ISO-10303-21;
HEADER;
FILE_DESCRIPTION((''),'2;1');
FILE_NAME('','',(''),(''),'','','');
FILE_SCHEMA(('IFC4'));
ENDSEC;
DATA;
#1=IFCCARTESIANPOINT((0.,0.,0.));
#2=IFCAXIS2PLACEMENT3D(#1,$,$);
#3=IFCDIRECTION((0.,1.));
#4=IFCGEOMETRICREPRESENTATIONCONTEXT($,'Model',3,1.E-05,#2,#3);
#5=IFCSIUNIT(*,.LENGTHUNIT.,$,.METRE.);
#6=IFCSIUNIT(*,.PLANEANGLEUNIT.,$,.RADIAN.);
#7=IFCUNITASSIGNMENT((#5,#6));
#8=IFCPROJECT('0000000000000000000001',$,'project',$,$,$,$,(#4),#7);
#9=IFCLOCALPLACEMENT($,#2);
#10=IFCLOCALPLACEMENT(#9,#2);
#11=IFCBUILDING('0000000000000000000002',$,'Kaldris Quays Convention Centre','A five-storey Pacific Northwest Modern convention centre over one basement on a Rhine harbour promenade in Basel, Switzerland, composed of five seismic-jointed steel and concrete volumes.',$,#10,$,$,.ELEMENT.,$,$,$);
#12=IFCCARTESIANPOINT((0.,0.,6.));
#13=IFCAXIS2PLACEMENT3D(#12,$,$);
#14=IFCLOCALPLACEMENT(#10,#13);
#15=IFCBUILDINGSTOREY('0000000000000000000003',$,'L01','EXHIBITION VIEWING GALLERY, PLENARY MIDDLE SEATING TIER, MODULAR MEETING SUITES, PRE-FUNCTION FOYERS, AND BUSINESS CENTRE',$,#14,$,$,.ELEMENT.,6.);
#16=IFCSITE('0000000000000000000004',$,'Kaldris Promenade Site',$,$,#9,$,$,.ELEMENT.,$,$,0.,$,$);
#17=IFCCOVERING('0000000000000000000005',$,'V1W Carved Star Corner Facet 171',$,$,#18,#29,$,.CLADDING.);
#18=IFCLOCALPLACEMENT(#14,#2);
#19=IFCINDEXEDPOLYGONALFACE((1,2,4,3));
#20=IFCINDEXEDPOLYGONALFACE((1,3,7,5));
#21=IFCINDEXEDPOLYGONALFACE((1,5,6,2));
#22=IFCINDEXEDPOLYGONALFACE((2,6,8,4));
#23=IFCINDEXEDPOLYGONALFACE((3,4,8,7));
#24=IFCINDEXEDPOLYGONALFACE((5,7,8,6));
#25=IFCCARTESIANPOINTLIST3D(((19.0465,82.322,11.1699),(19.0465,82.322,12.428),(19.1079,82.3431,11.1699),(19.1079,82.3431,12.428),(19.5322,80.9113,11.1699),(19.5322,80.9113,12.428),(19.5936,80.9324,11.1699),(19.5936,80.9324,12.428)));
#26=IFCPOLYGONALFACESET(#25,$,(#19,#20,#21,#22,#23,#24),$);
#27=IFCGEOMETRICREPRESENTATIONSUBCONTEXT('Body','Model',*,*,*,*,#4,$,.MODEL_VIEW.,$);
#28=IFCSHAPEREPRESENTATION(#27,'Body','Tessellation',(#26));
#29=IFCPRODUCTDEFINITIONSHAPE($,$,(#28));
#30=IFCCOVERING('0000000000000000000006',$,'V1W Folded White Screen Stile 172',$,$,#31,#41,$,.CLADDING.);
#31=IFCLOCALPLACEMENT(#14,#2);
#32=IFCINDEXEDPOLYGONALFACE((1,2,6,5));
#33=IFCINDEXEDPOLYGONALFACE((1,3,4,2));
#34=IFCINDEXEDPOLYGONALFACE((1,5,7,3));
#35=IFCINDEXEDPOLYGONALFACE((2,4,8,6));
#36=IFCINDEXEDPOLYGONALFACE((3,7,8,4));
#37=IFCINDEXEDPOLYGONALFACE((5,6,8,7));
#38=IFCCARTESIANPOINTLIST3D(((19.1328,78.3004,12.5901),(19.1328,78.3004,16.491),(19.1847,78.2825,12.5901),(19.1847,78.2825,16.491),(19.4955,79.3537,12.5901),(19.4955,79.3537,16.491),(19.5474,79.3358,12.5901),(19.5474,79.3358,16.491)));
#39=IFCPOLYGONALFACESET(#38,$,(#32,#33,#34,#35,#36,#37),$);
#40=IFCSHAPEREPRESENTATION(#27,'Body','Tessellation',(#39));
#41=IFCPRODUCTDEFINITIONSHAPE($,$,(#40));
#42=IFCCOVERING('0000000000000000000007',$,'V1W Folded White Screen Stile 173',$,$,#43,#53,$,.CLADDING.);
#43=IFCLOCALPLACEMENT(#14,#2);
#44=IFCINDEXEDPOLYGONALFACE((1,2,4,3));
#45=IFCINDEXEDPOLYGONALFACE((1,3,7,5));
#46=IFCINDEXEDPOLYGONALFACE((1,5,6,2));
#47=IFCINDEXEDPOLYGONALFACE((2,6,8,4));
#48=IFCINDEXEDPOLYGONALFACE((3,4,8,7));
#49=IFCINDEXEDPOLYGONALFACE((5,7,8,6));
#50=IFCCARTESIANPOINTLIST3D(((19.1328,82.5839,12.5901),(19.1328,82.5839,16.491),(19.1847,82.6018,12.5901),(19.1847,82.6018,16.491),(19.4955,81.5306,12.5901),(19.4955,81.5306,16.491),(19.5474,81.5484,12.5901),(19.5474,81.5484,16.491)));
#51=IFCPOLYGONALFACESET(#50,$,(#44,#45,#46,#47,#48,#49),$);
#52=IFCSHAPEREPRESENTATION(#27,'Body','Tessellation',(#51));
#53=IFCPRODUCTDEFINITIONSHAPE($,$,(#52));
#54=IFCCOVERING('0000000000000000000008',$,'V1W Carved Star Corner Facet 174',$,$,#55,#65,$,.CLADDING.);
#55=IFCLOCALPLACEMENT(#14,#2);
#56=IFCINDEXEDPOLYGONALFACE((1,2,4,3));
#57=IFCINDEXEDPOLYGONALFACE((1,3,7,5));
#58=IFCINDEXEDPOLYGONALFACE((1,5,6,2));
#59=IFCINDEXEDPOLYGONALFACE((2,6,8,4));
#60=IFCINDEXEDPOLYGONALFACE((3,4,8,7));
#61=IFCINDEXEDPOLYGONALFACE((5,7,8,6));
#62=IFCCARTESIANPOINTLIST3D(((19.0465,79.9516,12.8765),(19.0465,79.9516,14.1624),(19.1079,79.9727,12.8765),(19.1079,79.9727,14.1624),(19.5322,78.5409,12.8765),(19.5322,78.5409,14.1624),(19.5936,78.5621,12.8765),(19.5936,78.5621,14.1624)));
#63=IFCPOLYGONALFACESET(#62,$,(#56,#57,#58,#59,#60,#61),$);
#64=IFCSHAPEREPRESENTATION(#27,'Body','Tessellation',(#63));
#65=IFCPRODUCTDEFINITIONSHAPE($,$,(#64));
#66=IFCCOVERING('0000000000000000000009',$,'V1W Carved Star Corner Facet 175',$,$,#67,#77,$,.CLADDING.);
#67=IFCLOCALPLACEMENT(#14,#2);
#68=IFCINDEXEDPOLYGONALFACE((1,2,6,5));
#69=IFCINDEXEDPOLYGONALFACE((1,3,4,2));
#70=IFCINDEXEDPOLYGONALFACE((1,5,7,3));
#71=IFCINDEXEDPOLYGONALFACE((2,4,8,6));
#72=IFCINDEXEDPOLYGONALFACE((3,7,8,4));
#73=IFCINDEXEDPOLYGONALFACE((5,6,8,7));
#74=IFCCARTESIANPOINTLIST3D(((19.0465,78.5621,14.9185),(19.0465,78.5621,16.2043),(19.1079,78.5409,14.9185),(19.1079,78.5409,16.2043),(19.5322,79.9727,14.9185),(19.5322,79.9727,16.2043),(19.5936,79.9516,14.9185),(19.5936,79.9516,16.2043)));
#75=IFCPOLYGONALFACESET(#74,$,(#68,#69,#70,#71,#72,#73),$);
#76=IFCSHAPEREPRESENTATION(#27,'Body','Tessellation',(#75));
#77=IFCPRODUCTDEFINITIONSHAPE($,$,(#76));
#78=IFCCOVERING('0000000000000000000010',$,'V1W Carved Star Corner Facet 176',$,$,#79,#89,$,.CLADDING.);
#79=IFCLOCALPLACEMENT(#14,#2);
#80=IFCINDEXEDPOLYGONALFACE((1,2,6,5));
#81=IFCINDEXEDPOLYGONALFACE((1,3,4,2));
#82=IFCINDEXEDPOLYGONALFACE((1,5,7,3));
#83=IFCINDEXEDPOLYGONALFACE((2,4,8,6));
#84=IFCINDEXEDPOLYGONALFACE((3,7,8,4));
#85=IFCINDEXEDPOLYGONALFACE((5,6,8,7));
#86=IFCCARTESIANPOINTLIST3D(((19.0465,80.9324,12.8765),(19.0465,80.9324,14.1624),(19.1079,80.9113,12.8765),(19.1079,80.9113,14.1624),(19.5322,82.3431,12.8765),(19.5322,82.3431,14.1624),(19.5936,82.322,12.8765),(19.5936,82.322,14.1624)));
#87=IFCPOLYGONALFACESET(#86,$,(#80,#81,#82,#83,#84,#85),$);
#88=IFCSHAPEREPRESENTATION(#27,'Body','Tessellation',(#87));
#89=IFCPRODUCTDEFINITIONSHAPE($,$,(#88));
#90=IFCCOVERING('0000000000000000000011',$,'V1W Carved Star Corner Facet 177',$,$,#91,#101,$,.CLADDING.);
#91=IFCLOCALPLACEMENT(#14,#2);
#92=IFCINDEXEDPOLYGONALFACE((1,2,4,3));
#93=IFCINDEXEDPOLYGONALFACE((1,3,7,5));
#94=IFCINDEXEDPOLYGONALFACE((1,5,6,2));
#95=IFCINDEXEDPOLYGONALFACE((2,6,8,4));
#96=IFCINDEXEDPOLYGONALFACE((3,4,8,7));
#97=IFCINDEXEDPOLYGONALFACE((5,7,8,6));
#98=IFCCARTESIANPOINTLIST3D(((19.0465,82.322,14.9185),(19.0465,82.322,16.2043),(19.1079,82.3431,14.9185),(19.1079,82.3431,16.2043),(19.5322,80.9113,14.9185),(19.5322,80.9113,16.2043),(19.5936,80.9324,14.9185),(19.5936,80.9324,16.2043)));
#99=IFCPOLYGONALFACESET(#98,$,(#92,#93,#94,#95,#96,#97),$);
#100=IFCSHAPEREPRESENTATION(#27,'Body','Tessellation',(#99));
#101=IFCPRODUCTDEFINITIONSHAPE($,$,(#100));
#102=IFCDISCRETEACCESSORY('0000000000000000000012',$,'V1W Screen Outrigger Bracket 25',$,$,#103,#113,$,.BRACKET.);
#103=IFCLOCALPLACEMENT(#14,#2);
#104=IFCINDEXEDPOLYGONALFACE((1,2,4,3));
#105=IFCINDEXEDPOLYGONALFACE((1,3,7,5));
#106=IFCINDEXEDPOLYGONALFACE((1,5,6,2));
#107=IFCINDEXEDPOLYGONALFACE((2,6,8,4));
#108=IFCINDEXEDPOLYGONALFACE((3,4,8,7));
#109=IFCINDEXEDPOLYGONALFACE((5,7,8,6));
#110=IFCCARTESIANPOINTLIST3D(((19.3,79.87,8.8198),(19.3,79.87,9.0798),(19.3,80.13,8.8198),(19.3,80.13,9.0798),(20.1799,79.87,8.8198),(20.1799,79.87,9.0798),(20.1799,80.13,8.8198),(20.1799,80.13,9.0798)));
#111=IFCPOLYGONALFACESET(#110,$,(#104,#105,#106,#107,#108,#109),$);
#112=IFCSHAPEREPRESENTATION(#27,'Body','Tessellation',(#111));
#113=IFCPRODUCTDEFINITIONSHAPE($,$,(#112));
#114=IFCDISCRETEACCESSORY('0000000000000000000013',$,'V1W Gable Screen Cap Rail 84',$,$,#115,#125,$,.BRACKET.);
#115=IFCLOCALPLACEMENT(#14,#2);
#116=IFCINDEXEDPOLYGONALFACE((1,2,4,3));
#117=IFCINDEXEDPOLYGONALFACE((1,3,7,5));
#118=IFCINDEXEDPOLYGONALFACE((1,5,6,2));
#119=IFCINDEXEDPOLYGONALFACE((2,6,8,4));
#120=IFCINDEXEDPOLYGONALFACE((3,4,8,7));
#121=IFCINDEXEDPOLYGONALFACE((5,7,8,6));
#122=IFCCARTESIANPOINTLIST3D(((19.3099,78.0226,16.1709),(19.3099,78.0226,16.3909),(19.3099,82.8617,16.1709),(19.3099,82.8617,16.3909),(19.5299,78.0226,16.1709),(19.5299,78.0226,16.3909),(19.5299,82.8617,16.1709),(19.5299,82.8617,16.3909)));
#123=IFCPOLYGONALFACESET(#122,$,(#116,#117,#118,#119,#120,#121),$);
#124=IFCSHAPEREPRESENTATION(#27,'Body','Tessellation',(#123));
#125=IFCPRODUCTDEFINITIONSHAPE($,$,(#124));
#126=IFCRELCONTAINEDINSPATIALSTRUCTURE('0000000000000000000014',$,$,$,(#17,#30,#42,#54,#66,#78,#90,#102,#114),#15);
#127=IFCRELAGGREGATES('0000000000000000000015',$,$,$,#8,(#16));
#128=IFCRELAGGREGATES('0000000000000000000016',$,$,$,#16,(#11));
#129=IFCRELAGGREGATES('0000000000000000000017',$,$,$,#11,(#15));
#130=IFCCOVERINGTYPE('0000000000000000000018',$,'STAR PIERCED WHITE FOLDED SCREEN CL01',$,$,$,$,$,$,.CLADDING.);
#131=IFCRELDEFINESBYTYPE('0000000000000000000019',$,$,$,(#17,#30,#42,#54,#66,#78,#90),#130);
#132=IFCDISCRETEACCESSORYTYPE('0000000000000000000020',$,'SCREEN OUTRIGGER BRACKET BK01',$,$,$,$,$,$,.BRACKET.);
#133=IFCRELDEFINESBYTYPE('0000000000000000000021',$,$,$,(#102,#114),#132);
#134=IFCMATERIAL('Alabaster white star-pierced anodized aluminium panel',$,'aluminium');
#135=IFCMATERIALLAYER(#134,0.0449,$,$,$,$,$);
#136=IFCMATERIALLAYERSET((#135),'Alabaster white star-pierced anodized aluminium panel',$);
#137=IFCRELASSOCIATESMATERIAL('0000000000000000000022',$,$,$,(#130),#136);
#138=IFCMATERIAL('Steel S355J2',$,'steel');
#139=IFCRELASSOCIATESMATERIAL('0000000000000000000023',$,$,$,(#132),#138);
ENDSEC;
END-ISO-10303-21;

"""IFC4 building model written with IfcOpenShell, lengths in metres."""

from ifc_helpers import new_model, si_unit, direction, frame, origin, origin_2d, place, context, subcontext, project, spatial, rectangle, extrude, material, layer, layer_set, type_object, element, save


model = new_model("IFC4")

# Units and contexts
model_context = context("Model", 3, precision=1e-05, world=origin(), true_north=direction((0.0, 1.0)))
body_context = subcontext(model_context, "Body", "Model", "MODEL_VIEW")
ifc_project = project(units=[si_unit("LENGTHUNIT", "METRE"), si_unit("PLANEANGLEUNIT", "RADIAN")], contexts=[model_context])

# Site, building, storey
site_placement = place(None, origin())
site = spatial("IfcSite", under=ifc_project, at=site_placement, Name="Kaldris Promenade Site", CompositionType="ELEMENT", RefElevation=0.0)
building_placement = place(site_placement, origin())
building = spatial("IfcBuilding", under=site, at=building_placement, Name="Kaldris Quays Convention Centre", Description="A five-storey Pacific Northwest Modern convention centre over one basement on a Rhine harbour promenade in Basel, Switzerland, composed of five seismic-jointed steel and concrete volumes.", CompositionType="ELEMENT")
storey_placement = place(building_placement, frame((0.0, 0.0, 6.0)))
storey = spatial("IfcBuildingStorey", under=building, at=storey_placement, Name="L01", Description="EXHIBITION VIEWING GALLERY, PLENARY MIDDLE SEATING TIER, MODULAR MEETING SUITES, PRE-FUNCTION FOYERS, AND BUSINESS CENTRE", CompositionType="ELEMENT", Elevation=6.0)

# Coverings
ifc_material_1 = material(Name="Alabaster white star-pierced anodized aluminium panel", Category="aluminium")
ifc_layer = layer(ifc_material_1, 0.0449)
ifc_layer_set = layer_set([ifc_layer], Name="Alabaster white star-pierced anodized aluminium panel")
covering_type = type_object("IfcCoveringType", Name="STAR PIERCED WHITE FOLDED SCREEN CL01", PredefinedType="CLADDING", material=ifc_layer_set)
for number, where, z_axis, x_axis, name in (
    (1, (19.3201, 81.6272, 11.1699), (0.0, 0.0, 1.0), (-0.325568, 0.945519, 0.0), "V1W Carved Star Corner Facet 171"),
):
    element("IfcCovering", number, at=place(storey_placement, frame(where, z_axis=z_axis, x_axis=x_axis)), inside=storey, type_object=covering_type, Name=name, PredefinedType="CLADDING", context=body_context, shape_type="SweptSolid", body=[
        extrude(rectangle(XDim=1.4919, YDim=0.0649, at=origin_2d()), origin(), (0.0, 0.0, 1.0), 1.2581),
    ])
for number, where, z_axis, x_axis, name in (
    (2, (19.3401, 78.8181, 12.5901), (0.0, 0.0, 1.0), (0.325568, 0.945519, 0.0), "V1W Folded White Screen Stile 172"),
    (3, (19.3401, 82.0662, 12.5901), (0.0, 0.0, 1.0), (-0.325568, 0.945519, 0.0), "V1W Folded White Screen Stile 173"),
):
    element("IfcCovering", number, at=place(storey_placement, frame(where, z_axis=z_axis, x_axis=x_axis)), inside=storey, type_object=covering_type, Name=name, PredefinedType="CLADDING", context=body_context, shape_type="SweptSolid", body=[
        extrude(rectangle(XDim=1.114, YDim=0.0549, at=origin_2d()), origin(), (0.0, 0.0, 1.0), 3.9009),
    ])
for number, where, z_axis, x_axis, name in (
    (4, (19.3201, 79.2568, 12.8765), (0.0, 0.0, 1.0), (-0.325568, 0.945519, 0.0), "V1W Carved Star Corner Facet 174"),
    (5, (19.3201, 79.2568, 14.9185), (0.0, 0.0, 1.0), (0.325568, 0.945519, 0.0), "V1W Carved Star Corner Facet 175"),
    (6, (19.3201, 81.6272, 12.8765), (0.0, 0.0, 1.0), (0.325568, 0.945519, 0.0), "V1W Carved Star Corner Facet 176"),
    (7, (19.3201, 81.6272, 14.9185), (0.0, 0.0, 1.0), (-0.325568, 0.945519, 0.0), "V1W Carved Star Corner Facet 177"),
):
    element("IfcCovering", number, at=place(storey_placement, frame(where, z_axis=z_axis, x_axis=x_axis)), inside=storey, type_object=covering_type, Name=name, PredefinedType="CLADDING", context=body_context, shape_type="SweptSolid", body=[
        extrude(rectangle(XDim=1.4919, YDim=0.0649, at=origin_2d()), origin(), (0.0, 0.0, 1.0), 1.2859),
    ])

# Discrete accessories
ifc_material_2 = material(Name="Steel S355J2", Category="steel")
discrete_accessory_type = type_object("IfcDiscreteAccessoryType", Name="SCREEN OUTRIGGER BRACKET BK01", PredefinedType="BRACKET", material=ifc_material_2)
discrete_accessory_1_placement = place(storey_placement, frame((19.74, 80.0, 8.8198), z_axis=(0.0, 0.0, 1.0), x_axis=(0.0, 1.0, 0.0)))
element("IfcDiscreteAccessory", 8, at=discrete_accessory_1_placement, inside=storey, type_object=discrete_accessory_type, Name="V1W Screen Outrigger Bracket 25", PredefinedType="BRACKET", context=body_context, shape_type="SweptSolid", body=[
    extrude(rectangle(XDim=0.26, YDim=0.8799, at=origin_2d()), origin(), (0.0, 0.0, 1.0), 0.26),
])
discrete_accessory_2_placement = place(storey_placement, frame((19.4199, 80.4421, 16.1709), z_axis=(0.0, 0.0, 1.0), x_axis=(0.0, 1.0, 0.0)))
element("IfcDiscreteAccessory", 9, at=discrete_accessory_2_placement, inside=storey, type_object=discrete_accessory_type, Name="V1W Gable Screen Cap Rail 84", PredefinedType="BRACKET", context=body_context, shape_type="SweptSolid", body=[
    extrude(rectangle(XDim=4.8391, YDim=0.22, at=origin_2d()), origin(), (0.0, 0.0, 1.0), 0.22),
])

save(model, "model.ifc")
